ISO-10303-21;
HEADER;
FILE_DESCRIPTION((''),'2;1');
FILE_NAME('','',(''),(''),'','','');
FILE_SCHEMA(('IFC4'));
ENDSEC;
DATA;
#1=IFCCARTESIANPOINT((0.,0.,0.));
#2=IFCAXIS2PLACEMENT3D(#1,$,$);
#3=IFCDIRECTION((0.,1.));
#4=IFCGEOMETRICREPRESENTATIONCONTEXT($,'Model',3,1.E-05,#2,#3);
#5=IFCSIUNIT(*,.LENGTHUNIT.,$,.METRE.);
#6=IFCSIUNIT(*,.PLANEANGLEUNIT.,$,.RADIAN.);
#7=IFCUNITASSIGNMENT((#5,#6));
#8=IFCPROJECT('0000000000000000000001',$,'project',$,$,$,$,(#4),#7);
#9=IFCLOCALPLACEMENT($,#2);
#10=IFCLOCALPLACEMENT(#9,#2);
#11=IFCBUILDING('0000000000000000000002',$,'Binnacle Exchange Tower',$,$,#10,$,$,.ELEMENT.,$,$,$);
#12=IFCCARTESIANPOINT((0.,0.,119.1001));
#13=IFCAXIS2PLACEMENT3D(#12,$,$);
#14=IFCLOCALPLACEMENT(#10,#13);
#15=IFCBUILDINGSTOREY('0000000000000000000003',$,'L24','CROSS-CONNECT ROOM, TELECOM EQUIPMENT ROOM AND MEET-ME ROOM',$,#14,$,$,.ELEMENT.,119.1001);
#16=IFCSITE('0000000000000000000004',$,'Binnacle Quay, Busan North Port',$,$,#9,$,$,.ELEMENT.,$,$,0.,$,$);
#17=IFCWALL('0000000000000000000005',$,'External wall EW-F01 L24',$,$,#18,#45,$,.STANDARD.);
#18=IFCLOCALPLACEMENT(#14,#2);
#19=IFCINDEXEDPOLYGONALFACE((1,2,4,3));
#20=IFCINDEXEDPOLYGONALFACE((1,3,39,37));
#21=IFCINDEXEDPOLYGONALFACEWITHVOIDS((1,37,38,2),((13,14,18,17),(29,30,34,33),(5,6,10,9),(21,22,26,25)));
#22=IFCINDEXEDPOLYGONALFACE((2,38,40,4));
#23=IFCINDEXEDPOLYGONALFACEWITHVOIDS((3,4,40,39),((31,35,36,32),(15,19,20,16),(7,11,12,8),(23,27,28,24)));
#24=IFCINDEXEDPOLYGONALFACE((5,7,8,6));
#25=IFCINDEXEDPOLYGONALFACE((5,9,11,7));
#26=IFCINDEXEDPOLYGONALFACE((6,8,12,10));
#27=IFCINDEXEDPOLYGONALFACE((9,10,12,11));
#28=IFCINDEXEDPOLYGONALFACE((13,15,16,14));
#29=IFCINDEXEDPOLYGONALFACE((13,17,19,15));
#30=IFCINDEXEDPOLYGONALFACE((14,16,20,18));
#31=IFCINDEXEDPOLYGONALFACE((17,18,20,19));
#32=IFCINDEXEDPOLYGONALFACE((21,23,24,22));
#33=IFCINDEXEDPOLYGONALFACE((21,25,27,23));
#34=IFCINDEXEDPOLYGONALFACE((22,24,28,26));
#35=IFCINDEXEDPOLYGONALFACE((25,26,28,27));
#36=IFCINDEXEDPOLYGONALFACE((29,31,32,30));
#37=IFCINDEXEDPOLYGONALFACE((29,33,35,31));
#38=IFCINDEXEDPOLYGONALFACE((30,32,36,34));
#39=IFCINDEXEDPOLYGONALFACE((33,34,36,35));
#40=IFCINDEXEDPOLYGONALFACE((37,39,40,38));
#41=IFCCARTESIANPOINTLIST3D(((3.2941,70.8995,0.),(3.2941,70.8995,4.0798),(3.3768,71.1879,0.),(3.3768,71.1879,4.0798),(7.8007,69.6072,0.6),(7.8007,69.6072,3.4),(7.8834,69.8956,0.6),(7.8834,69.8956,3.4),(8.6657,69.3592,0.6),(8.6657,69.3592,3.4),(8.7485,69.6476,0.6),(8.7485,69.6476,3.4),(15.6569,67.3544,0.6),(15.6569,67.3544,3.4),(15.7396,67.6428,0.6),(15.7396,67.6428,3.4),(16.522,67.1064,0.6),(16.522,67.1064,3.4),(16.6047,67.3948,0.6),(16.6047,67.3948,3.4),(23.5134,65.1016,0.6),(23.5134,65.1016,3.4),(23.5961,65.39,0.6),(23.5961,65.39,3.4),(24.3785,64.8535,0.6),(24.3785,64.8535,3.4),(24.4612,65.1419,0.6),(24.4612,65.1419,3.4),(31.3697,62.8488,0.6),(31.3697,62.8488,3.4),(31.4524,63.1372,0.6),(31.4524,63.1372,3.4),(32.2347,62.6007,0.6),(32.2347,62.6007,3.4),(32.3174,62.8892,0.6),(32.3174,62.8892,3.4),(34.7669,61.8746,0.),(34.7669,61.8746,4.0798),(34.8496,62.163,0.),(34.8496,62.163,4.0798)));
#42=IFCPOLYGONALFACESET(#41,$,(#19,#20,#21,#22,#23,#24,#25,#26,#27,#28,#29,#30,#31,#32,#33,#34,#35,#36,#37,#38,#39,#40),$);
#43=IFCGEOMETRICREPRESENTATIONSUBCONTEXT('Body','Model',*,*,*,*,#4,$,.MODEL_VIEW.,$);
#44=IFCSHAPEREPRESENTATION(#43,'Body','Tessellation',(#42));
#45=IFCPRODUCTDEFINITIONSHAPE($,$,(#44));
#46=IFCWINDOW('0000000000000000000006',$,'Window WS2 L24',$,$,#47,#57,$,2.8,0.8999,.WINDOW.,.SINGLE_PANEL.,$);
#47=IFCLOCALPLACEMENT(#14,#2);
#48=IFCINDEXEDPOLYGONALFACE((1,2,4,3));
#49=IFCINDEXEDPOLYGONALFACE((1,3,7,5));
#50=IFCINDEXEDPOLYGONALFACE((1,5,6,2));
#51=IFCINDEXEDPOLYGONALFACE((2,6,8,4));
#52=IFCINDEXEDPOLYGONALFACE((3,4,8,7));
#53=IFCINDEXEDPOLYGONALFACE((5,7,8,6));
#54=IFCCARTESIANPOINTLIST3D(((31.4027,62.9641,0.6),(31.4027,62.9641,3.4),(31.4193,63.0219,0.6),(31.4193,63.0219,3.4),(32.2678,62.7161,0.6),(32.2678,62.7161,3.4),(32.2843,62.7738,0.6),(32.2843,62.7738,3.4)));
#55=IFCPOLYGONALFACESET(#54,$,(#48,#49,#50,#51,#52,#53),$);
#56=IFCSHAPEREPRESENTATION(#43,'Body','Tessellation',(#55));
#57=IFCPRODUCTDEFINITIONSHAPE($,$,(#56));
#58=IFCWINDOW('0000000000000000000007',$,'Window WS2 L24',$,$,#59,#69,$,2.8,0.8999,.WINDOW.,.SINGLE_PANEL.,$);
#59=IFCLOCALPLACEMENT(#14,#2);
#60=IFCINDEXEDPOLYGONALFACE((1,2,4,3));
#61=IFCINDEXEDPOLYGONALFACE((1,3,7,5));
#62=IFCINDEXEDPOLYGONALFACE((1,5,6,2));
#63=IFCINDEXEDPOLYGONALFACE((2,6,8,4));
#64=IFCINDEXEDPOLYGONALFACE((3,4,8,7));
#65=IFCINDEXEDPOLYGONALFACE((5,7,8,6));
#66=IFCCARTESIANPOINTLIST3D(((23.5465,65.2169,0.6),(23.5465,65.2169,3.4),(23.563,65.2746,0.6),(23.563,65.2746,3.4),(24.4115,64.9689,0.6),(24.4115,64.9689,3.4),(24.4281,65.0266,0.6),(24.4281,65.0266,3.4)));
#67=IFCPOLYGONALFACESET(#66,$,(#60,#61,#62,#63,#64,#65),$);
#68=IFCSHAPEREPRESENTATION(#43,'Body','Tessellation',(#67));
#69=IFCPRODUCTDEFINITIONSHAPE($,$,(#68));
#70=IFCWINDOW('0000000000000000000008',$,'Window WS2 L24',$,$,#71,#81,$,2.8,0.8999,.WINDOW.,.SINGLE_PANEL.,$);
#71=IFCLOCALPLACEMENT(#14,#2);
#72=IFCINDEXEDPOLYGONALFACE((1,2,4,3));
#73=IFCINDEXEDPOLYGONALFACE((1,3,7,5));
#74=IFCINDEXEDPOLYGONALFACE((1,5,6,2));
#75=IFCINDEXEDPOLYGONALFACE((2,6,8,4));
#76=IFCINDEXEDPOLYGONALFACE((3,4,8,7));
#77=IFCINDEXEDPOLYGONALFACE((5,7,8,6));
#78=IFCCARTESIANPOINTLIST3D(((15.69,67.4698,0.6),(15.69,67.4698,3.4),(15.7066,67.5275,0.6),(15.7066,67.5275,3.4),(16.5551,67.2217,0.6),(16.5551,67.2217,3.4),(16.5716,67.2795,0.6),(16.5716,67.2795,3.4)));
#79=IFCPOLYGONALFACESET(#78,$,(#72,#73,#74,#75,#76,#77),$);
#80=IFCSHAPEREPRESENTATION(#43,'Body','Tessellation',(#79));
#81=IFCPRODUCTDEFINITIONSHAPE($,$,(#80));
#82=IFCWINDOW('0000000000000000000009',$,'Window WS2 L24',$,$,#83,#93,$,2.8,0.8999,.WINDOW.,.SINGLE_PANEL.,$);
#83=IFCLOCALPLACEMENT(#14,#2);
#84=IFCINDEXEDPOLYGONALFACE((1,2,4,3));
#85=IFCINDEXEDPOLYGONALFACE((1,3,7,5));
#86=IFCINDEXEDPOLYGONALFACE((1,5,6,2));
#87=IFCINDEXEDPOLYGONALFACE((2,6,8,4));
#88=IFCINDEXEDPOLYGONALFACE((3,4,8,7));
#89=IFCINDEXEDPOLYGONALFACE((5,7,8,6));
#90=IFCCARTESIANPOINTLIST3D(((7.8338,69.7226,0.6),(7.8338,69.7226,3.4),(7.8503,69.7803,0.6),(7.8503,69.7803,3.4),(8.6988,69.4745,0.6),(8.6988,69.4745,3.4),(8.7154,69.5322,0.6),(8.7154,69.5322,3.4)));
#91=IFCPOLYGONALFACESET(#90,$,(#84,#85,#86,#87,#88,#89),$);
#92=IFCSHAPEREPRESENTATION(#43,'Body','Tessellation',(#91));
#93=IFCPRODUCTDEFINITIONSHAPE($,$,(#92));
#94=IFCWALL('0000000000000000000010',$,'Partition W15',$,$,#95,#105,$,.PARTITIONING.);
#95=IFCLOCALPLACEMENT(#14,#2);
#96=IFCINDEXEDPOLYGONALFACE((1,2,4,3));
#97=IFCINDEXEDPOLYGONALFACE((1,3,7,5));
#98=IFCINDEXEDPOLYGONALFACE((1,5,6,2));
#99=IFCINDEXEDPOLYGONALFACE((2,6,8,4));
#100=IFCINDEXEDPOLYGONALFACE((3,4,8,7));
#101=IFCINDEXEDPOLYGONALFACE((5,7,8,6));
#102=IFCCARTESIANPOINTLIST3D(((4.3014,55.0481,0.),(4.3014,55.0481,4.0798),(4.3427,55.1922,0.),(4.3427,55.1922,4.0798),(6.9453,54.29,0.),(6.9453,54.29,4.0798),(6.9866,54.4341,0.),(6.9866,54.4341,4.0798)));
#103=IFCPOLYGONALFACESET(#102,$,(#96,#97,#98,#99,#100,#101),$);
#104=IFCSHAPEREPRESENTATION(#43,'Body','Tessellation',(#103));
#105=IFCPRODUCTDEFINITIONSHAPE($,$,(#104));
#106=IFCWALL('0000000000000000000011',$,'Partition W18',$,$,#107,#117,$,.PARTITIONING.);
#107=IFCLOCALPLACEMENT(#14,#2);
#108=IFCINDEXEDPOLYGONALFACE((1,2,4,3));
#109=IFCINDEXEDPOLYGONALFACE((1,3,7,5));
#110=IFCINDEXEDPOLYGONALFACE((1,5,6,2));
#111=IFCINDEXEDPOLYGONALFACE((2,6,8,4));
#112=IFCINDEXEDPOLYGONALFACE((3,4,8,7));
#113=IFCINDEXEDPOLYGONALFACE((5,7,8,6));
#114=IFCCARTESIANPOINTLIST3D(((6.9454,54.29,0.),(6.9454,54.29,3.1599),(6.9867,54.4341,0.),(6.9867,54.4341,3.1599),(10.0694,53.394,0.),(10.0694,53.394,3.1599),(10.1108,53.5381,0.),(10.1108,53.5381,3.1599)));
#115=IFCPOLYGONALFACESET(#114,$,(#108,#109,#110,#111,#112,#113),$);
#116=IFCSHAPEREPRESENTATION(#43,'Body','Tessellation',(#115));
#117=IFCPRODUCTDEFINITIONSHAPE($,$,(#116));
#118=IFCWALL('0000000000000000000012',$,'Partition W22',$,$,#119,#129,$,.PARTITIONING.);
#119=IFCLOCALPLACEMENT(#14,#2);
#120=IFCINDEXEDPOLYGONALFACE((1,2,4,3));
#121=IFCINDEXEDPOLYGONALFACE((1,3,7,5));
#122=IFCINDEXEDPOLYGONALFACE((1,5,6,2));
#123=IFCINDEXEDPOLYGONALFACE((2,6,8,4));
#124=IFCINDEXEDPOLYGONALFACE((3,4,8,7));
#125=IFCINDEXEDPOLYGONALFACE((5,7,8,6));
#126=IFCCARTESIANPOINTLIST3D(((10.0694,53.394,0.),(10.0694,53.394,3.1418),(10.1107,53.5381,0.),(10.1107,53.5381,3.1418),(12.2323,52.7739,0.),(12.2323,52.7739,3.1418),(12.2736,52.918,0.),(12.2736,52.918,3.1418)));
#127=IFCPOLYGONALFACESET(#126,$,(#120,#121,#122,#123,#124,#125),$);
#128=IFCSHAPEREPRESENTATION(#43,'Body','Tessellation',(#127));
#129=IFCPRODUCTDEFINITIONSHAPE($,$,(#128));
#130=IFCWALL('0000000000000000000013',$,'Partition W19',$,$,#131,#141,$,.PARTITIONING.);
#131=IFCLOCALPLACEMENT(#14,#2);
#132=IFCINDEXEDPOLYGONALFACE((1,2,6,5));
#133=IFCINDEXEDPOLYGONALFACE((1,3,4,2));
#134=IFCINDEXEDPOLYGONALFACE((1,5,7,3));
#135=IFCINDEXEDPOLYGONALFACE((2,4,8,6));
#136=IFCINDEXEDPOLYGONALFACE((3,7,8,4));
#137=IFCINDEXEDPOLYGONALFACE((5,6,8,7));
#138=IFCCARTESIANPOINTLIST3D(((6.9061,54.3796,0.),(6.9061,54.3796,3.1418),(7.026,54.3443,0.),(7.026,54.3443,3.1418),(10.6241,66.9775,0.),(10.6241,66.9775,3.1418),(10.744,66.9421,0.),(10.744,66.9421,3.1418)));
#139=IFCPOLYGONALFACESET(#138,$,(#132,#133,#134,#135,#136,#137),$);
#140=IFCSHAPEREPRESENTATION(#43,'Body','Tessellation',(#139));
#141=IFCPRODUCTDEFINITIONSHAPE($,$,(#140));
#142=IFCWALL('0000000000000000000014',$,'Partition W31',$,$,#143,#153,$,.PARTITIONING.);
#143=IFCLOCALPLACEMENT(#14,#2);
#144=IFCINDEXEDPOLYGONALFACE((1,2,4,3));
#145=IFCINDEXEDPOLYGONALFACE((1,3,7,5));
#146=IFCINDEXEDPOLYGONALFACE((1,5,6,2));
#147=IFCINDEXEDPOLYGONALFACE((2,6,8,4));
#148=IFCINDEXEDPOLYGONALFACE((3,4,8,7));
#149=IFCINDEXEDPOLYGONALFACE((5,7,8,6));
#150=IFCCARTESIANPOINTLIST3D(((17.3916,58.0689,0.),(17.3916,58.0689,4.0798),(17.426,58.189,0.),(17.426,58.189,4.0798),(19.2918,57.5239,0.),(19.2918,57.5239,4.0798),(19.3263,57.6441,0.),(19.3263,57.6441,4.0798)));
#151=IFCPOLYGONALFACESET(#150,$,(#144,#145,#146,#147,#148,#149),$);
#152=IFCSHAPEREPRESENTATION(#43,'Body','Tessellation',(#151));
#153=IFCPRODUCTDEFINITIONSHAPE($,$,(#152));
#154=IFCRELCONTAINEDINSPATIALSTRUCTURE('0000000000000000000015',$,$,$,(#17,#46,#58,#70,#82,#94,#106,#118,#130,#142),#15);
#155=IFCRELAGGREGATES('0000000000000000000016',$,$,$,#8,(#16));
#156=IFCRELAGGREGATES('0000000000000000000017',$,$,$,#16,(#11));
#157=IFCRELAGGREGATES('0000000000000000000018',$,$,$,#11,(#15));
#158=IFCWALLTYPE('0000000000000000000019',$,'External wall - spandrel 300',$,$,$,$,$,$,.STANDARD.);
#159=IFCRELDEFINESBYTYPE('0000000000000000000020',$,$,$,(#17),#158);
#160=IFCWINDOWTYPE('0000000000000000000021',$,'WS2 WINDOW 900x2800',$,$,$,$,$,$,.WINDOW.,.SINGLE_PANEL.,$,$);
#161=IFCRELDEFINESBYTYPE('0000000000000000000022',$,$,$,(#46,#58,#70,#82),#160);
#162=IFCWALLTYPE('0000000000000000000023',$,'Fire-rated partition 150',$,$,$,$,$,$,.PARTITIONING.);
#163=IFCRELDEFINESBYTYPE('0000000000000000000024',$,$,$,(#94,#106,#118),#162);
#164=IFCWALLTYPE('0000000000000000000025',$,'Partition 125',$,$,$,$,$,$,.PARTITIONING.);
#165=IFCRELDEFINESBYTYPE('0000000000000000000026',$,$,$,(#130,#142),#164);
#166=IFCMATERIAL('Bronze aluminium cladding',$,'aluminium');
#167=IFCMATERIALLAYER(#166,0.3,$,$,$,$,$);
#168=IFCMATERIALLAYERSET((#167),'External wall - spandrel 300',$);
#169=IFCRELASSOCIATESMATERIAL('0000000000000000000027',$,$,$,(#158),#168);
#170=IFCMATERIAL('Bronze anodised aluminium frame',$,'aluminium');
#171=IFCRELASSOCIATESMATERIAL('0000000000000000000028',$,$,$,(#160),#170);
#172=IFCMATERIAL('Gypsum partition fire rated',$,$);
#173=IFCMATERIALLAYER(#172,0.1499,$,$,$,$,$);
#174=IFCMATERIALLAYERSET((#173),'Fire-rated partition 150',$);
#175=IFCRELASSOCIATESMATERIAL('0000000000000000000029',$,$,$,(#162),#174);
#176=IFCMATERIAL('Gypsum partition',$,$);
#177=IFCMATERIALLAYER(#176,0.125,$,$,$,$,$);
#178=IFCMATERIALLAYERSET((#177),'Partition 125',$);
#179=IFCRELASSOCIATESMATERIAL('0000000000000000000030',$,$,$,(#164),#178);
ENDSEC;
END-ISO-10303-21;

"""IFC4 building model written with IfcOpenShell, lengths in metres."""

from ifc_helpers import new_model, si_unit, direction, frame, frame_2d, origin, place, context, subcontext, project, spatial, rectangle, extrude, material, layer, layer_set, type_object, element, fill, save


model = new_model("IFC4")

# Units and contexts
model_context = context("Model", 3, precision=1e-05, world=origin(), true_north=direction((0.0, 1.0)))
body_context = subcontext(model_context, "Body", "Model", "MODEL_VIEW")
ifc_project = project(units=[si_unit("LENGTHUNIT", "METRE"), si_unit("PLANEANGLEUNIT", "RADIAN")], contexts=[model_context])

# Site, building, storey
site_placement = place(None, origin())
site = spatial("IfcSite", under=ifc_project, at=site_placement, Name="Binnacle Quay, Busan North Port", CompositionType="ELEMENT", RefElevation=0.0)
building_placement = place(site_placement, origin())
building = spatial("IfcBuilding", under=site, at=building_placement, Name="Binnacle Exchange Tower", CompositionType="ELEMENT")
storey_placement = place(building_placement, frame((0.0, 0.0, 119.1001)))
storey = spatial("IfcBuildingStorey", under=building, at=storey_placement, Name="L24", Description="CROSS-CONNECT ROOM, TELECOM EQUIPMENT ROOM AND MEET-ME ROOM", CompositionType="ELEMENT", Elevation=119.1001)

# Wall, openings, windows
ifc_material_1 = material(Name="Bronze aluminium cladding", Category="aluminium")
ifc_layer_1 = layer(ifc_material_1, 0.3)
ifc_layer_set_1 = layer_set([ifc_layer_1], Name="External wall - spandrel 300")
wall_type_1 = type_object("IfcWallType", Name="External wall - spandrel 300", PredefinedType="STANDARD", material=ifc_layer_set_1)
wall_1_placement = place(storey_placement, frame((3.3354, 71.0437, 0.0), z_axis=(0.0, 0.0, 1.0), x_axis=(0.96126, -0.275643, 0.0)))
wall_1 = element("IfcWall", 1, at=wall_1_placement, inside=storey, type_object=wall_type_1, Name="External wall EW-F01 L24", PredefinedType="STANDARD", context=body_context, shape_type="SweptSolid", body=[
    extrude(rectangle(XDim=32.7412, YDim=0.3, at=frame_2d((16.3706, 0.0))), origin(), (0.0, 0.0, 1.0), 4.0798),
])
opening_1_placement = place(wall_1_placement, frame((29.207, 0.0, 0.6001)))
opening_1 = element("IfcOpeningElement", 2, at=opening_1_placement, cuts=wall_1, PredefinedType="OPENING", context=body_context, shape_type="SweptSolid", body=[
    extrude(rectangle(XDim=0.8999, YDim=2.8, at=frame_2d((0.45, 1.3999))), frame((0.0, 0.1599, 0.0), z_axis=(0.0, -1.0, 0.0), x_axis=(1.0, 0.0, 0.0)), (0.0, 0.0, 1.0), 0.3201),
])
opening_2_placement = place(wall_1_placement, frame((21.0342, 0.0, 0.6001)))
opening_2 = element("IfcOpeningElement", 3, at=opening_2_placement, cuts=wall_1, PredefinedType="OPENING", context=body_context, shape_type="SweptSolid", body=[
    extrude(rectangle(XDim=0.8999, YDim=2.8, at=frame_2d((0.45, 1.3999))), frame((0.0, 0.1599, 0.0), z_axis=(0.0, -1.0, 0.0), x_axis=(1.0, 0.0, 0.0)), (0.0, 0.0, 1.0), 0.3201),
])
opening_3_placement = place(wall_1_placement, frame((12.8611, 0.0, 0.6001)))
opening_3 = element("IfcOpeningElement", 4, at=opening_3_placement, cuts=wall_1, PredefinedType="OPENING", context=body_context, shape_type="SweptSolid", body=[
    extrude(rectangle(XDim=0.8999, YDim=2.8, at=frame_2d((0.45, 1.3999))), frame((0.0, 0.1599, 0.0), z_axis=(0.0, -1.0, 0.0), x_axis=(1.0, 0.0, 0.0)), (0.0, 0.0, 1.0), 0.3201),
])
opening_4_placement = place(wall_1_placement, frame((4.6882, 0.0, 0.6001)))
opening_4 = element("IfcOpeningElement", 5, at=opening_4_placement, cuts=wall_1, PredefinedType="OPENING", context=body_context, shape_type="SweptSolid", body=[
    extrude(rectangle(XDim=0.8999, YDim=2.8, at=frame_2d((0.45, 1.3999))), frame((0.0, 0.1599, 0.0), z_axis=(0.0, -1.0, 0.0), x_axis=(1.0, 0.0, 0.0)), (0.0, 0.0, 1.0), 0.3201),
])
ifc_material_2 = material(Name="Bronze anodised aluminium frame", Category="aluminium")
window_type = type_object("IfcWindowType", Name="WS2 WINDOW 900x2800", PartitioningType="SINGLE_PANEL", PredefinedType="WINDOW", material=ifc_material_2)
window_1_placement = place(opening_1_placement, origin())
window_1 = element("IfcWindow", 6, at=window_1_placement, inside=storey, type_object=window_type, Name="Window WS2 L24", OverallHeight=2.8, OverallWidth=0.8999, PartitioningType="SINGLE_PANEL", PredefinedType="WINDOW", context=body_context, shape_type="SweptSolid", body=[
    extrude(rectangle(XDim=0.8999, YDim=2.8, at=frame_2d((0.45, 1.3999))), frame((0.0, 0.03, 0.0), z_axis=(0.0, -1.0, 0.0), x_axis=(1.0, 0.0, 0.0)), (0.0, 0.0, 1.0), 0.0601),
])
fill(opening_1, window_1)
window_2_placement = place(opening_2_placement, origin())
window_2 = element("IfcWindow", 7, at=window_2_placement, inside=storey, type_object=window_type, Name="Window WS2 L24", OverallHeight=2.8, OverallWidth=0.8999, PartitioningType="SINGLE_PANEL", PredefinedType="WINDOW", context=body_context, shape_type="SweptSolid", body=[
    extrude(rectangle(XDim=0.8999, YDim=2.8, at=frame_2d((0.45, 1.3999))), frame((0.0, 0.03, 0.0), z_axis=(0.0, -1.0, 0.0), x_axis=(1.0, 0.0, 0.0)), (0.0, 0.0, 1.0), 0.0601),
])
fill(opening_2, window_2)
window_3_placement = place(opening_3_placement, origin())
window_3 = element("IfcWindow", 8, at=window_3_placement, inside=storey, type_object=window_type, Name="Window WS2 L24", OverallHeight=2.8, OverallWidth=0.8999, PartitioningType="SINGLE_PANEL", PredefinedType="WINDOW", context=body_context, shape_type="SweptSolid", body=[
    extrude(rectangle(XDim=0.8999, YDim=2.8, at=frame_2d((0.45, 1.3999))), frame((0.0, 0.03, 0.0), z_axis=(0.0, -1.0, 0.0), x_axis=(1.0, 0.0, 0.0)), (0.0, 0.0, 1.0), 0.0601),
])
fill(opening_3, window_3)
window_4_placement = place(opening_4_placement, origin())
window_4 = element("IfcWindow", 9, at=window_4_placement, inside=storey, type_object=window_type, Name="Window WS2 L24", OverallHeight=2.8, OverallWidth=0.8999, PartitioningType="SINGLE_PANEL", PredefinedType="WINDOW", context=body_context, shape_type="SweptSolid", body=[
    extrude(rectangle(XDim=0.8999, YDim=2.8, at=frame_2d((0.45, 1.3999))), frame((0.0, 0.03, 0.0), z_axis=(0.0, -1.0, 0.0), x_axis=(1.0, 0.0, 0.0)), (0.0, 0.0, 1.0), 0.0601),
])
fill(opening_4, window_4)

# Walls
ifc_material_3 = material(Name="Gypsum partition fire rated")
ifc_layer_2 = layer(ifc_material_3, 0.1499)
ifc_layer_set_2 = layer_set([ifc_layer_2], Name="Fire-rated partition 150")
wall_type_2 = type_object("IfcWallType", Name="Fire-rated partition 150", PredefinedType="PARTITIONING", material=ifc_layer_set_2)
wall_2_placement = place(storey_placement, frame((4.322, 55.1201, 0.0), z_axis=(0.0, 0.0, 1.0), x_axis=(0.961272, -0.2756, 0.0)))
element("IfcWall", 10, at=wall_2_placement, inside=storey, type_object=wall_type_2, Name="Partition W15", PredefinedType="PARTITIONING", context=body_context, shape_type="SweptSolid", body=[
    extrude(rectangle(XDim=2.7505, YDim=0.1499, at=frame_2d((1.3752, 0.0))), origin(), (0.0, 0.0, 1.0), 4.0798),
])
wall_3_placement = place(storey_placement, frame((6.9661, 54.3621, 0.0), z_axis=(0.0, 0.0, 1.0), x_axis=(0.961246, -0.275693, 0.0)))
element("IfcWall", 11, at=wall_3_placement, inside=storey, type_object=wall_type_2, Name="Partition W18", PredefinedType="PARTITIONING", context=body_context, shape_type="SweptSolid", body=[
    extrude(rectangle(XDim=3.25, YDim=0.1499, at=frame_2d((1.625, 0.0))), origin(), (0.0, 0.0, 1.0), 3.1599),
])
wall_4_placement = place(storey_placement, frame((10.0901, 53.4661, 0.0), z_axis=(0.0, 0.0, 1.0), x_axis=(0.96127, -0.27561, 0.0)))
element("IfcWall", 12, at=wall_4_placement, inside=storey, type_object=wall_type_2, Name="Partition W22", PredefinedType="PARTITIONING", context=body_context, shape_type="SweptSolid", body=[
    extrude(rectangle(XDim=2.25, YDim=0.1499, at=frame_2d((1.125, 0.0))), origin(), (0.0, 0.0, 1.0), 3.1418),
])
ifc_material_4 = material(Name="Gypsum partition")
ifc_layer_3 = layer(ifc_material_4, 0.125)
ifc_layer_set_3 = layer_set([ifc_layer_3], Name="Partition 125")
wall_type_3 = type_object("IfcWallType", Name="Partition 125", PredefinedType="PARTITIONING", material=ifc_layer_set_3)
wall_5_placement = place(storey_placement, frame((6.9661, 54.3621, 0.0), z_axis=(0.0, 0.0, 1.0), x_axis=(0.28306, 0.959102, 0.0)))
element("IfcWall", 13, at=wall_5_placement, inside=storey, type_object=wall_type_3, Name="Partition W19", PredefinedType="PARTITIONING", context=body_context, shape_type="SweptSolid", body=[
    extrude(rectangle(XDim=13.135, YDim=0.125, at=frame_2d((6.5674, 0.0))), origin(), (0.0, 0.0, 1.0), 3.1418),
])
wall_6_placement = place(storey_placement, frame((17.4089, 58.1289, 0.0), z_axis=(0.0, 0.0, 1.0), x_axis=(0.961253, -0.275667, 0.0)))
element("IfcWall", 14, at=wall_6_placement, inside=storey, type_object=wall_type_3, Name="Partition W31", PredefinedType="PARTITIONING", context=body_context, shape_type="SweptSolid", body=[
    extrude(rectangle(XDim=1.9768, YDim=0.125, at=frame_2d((0.9883, 0.0))), origin(), (0.0, 0.0, 1.0), 4.0798),
])

save(model, "model.ifc")
